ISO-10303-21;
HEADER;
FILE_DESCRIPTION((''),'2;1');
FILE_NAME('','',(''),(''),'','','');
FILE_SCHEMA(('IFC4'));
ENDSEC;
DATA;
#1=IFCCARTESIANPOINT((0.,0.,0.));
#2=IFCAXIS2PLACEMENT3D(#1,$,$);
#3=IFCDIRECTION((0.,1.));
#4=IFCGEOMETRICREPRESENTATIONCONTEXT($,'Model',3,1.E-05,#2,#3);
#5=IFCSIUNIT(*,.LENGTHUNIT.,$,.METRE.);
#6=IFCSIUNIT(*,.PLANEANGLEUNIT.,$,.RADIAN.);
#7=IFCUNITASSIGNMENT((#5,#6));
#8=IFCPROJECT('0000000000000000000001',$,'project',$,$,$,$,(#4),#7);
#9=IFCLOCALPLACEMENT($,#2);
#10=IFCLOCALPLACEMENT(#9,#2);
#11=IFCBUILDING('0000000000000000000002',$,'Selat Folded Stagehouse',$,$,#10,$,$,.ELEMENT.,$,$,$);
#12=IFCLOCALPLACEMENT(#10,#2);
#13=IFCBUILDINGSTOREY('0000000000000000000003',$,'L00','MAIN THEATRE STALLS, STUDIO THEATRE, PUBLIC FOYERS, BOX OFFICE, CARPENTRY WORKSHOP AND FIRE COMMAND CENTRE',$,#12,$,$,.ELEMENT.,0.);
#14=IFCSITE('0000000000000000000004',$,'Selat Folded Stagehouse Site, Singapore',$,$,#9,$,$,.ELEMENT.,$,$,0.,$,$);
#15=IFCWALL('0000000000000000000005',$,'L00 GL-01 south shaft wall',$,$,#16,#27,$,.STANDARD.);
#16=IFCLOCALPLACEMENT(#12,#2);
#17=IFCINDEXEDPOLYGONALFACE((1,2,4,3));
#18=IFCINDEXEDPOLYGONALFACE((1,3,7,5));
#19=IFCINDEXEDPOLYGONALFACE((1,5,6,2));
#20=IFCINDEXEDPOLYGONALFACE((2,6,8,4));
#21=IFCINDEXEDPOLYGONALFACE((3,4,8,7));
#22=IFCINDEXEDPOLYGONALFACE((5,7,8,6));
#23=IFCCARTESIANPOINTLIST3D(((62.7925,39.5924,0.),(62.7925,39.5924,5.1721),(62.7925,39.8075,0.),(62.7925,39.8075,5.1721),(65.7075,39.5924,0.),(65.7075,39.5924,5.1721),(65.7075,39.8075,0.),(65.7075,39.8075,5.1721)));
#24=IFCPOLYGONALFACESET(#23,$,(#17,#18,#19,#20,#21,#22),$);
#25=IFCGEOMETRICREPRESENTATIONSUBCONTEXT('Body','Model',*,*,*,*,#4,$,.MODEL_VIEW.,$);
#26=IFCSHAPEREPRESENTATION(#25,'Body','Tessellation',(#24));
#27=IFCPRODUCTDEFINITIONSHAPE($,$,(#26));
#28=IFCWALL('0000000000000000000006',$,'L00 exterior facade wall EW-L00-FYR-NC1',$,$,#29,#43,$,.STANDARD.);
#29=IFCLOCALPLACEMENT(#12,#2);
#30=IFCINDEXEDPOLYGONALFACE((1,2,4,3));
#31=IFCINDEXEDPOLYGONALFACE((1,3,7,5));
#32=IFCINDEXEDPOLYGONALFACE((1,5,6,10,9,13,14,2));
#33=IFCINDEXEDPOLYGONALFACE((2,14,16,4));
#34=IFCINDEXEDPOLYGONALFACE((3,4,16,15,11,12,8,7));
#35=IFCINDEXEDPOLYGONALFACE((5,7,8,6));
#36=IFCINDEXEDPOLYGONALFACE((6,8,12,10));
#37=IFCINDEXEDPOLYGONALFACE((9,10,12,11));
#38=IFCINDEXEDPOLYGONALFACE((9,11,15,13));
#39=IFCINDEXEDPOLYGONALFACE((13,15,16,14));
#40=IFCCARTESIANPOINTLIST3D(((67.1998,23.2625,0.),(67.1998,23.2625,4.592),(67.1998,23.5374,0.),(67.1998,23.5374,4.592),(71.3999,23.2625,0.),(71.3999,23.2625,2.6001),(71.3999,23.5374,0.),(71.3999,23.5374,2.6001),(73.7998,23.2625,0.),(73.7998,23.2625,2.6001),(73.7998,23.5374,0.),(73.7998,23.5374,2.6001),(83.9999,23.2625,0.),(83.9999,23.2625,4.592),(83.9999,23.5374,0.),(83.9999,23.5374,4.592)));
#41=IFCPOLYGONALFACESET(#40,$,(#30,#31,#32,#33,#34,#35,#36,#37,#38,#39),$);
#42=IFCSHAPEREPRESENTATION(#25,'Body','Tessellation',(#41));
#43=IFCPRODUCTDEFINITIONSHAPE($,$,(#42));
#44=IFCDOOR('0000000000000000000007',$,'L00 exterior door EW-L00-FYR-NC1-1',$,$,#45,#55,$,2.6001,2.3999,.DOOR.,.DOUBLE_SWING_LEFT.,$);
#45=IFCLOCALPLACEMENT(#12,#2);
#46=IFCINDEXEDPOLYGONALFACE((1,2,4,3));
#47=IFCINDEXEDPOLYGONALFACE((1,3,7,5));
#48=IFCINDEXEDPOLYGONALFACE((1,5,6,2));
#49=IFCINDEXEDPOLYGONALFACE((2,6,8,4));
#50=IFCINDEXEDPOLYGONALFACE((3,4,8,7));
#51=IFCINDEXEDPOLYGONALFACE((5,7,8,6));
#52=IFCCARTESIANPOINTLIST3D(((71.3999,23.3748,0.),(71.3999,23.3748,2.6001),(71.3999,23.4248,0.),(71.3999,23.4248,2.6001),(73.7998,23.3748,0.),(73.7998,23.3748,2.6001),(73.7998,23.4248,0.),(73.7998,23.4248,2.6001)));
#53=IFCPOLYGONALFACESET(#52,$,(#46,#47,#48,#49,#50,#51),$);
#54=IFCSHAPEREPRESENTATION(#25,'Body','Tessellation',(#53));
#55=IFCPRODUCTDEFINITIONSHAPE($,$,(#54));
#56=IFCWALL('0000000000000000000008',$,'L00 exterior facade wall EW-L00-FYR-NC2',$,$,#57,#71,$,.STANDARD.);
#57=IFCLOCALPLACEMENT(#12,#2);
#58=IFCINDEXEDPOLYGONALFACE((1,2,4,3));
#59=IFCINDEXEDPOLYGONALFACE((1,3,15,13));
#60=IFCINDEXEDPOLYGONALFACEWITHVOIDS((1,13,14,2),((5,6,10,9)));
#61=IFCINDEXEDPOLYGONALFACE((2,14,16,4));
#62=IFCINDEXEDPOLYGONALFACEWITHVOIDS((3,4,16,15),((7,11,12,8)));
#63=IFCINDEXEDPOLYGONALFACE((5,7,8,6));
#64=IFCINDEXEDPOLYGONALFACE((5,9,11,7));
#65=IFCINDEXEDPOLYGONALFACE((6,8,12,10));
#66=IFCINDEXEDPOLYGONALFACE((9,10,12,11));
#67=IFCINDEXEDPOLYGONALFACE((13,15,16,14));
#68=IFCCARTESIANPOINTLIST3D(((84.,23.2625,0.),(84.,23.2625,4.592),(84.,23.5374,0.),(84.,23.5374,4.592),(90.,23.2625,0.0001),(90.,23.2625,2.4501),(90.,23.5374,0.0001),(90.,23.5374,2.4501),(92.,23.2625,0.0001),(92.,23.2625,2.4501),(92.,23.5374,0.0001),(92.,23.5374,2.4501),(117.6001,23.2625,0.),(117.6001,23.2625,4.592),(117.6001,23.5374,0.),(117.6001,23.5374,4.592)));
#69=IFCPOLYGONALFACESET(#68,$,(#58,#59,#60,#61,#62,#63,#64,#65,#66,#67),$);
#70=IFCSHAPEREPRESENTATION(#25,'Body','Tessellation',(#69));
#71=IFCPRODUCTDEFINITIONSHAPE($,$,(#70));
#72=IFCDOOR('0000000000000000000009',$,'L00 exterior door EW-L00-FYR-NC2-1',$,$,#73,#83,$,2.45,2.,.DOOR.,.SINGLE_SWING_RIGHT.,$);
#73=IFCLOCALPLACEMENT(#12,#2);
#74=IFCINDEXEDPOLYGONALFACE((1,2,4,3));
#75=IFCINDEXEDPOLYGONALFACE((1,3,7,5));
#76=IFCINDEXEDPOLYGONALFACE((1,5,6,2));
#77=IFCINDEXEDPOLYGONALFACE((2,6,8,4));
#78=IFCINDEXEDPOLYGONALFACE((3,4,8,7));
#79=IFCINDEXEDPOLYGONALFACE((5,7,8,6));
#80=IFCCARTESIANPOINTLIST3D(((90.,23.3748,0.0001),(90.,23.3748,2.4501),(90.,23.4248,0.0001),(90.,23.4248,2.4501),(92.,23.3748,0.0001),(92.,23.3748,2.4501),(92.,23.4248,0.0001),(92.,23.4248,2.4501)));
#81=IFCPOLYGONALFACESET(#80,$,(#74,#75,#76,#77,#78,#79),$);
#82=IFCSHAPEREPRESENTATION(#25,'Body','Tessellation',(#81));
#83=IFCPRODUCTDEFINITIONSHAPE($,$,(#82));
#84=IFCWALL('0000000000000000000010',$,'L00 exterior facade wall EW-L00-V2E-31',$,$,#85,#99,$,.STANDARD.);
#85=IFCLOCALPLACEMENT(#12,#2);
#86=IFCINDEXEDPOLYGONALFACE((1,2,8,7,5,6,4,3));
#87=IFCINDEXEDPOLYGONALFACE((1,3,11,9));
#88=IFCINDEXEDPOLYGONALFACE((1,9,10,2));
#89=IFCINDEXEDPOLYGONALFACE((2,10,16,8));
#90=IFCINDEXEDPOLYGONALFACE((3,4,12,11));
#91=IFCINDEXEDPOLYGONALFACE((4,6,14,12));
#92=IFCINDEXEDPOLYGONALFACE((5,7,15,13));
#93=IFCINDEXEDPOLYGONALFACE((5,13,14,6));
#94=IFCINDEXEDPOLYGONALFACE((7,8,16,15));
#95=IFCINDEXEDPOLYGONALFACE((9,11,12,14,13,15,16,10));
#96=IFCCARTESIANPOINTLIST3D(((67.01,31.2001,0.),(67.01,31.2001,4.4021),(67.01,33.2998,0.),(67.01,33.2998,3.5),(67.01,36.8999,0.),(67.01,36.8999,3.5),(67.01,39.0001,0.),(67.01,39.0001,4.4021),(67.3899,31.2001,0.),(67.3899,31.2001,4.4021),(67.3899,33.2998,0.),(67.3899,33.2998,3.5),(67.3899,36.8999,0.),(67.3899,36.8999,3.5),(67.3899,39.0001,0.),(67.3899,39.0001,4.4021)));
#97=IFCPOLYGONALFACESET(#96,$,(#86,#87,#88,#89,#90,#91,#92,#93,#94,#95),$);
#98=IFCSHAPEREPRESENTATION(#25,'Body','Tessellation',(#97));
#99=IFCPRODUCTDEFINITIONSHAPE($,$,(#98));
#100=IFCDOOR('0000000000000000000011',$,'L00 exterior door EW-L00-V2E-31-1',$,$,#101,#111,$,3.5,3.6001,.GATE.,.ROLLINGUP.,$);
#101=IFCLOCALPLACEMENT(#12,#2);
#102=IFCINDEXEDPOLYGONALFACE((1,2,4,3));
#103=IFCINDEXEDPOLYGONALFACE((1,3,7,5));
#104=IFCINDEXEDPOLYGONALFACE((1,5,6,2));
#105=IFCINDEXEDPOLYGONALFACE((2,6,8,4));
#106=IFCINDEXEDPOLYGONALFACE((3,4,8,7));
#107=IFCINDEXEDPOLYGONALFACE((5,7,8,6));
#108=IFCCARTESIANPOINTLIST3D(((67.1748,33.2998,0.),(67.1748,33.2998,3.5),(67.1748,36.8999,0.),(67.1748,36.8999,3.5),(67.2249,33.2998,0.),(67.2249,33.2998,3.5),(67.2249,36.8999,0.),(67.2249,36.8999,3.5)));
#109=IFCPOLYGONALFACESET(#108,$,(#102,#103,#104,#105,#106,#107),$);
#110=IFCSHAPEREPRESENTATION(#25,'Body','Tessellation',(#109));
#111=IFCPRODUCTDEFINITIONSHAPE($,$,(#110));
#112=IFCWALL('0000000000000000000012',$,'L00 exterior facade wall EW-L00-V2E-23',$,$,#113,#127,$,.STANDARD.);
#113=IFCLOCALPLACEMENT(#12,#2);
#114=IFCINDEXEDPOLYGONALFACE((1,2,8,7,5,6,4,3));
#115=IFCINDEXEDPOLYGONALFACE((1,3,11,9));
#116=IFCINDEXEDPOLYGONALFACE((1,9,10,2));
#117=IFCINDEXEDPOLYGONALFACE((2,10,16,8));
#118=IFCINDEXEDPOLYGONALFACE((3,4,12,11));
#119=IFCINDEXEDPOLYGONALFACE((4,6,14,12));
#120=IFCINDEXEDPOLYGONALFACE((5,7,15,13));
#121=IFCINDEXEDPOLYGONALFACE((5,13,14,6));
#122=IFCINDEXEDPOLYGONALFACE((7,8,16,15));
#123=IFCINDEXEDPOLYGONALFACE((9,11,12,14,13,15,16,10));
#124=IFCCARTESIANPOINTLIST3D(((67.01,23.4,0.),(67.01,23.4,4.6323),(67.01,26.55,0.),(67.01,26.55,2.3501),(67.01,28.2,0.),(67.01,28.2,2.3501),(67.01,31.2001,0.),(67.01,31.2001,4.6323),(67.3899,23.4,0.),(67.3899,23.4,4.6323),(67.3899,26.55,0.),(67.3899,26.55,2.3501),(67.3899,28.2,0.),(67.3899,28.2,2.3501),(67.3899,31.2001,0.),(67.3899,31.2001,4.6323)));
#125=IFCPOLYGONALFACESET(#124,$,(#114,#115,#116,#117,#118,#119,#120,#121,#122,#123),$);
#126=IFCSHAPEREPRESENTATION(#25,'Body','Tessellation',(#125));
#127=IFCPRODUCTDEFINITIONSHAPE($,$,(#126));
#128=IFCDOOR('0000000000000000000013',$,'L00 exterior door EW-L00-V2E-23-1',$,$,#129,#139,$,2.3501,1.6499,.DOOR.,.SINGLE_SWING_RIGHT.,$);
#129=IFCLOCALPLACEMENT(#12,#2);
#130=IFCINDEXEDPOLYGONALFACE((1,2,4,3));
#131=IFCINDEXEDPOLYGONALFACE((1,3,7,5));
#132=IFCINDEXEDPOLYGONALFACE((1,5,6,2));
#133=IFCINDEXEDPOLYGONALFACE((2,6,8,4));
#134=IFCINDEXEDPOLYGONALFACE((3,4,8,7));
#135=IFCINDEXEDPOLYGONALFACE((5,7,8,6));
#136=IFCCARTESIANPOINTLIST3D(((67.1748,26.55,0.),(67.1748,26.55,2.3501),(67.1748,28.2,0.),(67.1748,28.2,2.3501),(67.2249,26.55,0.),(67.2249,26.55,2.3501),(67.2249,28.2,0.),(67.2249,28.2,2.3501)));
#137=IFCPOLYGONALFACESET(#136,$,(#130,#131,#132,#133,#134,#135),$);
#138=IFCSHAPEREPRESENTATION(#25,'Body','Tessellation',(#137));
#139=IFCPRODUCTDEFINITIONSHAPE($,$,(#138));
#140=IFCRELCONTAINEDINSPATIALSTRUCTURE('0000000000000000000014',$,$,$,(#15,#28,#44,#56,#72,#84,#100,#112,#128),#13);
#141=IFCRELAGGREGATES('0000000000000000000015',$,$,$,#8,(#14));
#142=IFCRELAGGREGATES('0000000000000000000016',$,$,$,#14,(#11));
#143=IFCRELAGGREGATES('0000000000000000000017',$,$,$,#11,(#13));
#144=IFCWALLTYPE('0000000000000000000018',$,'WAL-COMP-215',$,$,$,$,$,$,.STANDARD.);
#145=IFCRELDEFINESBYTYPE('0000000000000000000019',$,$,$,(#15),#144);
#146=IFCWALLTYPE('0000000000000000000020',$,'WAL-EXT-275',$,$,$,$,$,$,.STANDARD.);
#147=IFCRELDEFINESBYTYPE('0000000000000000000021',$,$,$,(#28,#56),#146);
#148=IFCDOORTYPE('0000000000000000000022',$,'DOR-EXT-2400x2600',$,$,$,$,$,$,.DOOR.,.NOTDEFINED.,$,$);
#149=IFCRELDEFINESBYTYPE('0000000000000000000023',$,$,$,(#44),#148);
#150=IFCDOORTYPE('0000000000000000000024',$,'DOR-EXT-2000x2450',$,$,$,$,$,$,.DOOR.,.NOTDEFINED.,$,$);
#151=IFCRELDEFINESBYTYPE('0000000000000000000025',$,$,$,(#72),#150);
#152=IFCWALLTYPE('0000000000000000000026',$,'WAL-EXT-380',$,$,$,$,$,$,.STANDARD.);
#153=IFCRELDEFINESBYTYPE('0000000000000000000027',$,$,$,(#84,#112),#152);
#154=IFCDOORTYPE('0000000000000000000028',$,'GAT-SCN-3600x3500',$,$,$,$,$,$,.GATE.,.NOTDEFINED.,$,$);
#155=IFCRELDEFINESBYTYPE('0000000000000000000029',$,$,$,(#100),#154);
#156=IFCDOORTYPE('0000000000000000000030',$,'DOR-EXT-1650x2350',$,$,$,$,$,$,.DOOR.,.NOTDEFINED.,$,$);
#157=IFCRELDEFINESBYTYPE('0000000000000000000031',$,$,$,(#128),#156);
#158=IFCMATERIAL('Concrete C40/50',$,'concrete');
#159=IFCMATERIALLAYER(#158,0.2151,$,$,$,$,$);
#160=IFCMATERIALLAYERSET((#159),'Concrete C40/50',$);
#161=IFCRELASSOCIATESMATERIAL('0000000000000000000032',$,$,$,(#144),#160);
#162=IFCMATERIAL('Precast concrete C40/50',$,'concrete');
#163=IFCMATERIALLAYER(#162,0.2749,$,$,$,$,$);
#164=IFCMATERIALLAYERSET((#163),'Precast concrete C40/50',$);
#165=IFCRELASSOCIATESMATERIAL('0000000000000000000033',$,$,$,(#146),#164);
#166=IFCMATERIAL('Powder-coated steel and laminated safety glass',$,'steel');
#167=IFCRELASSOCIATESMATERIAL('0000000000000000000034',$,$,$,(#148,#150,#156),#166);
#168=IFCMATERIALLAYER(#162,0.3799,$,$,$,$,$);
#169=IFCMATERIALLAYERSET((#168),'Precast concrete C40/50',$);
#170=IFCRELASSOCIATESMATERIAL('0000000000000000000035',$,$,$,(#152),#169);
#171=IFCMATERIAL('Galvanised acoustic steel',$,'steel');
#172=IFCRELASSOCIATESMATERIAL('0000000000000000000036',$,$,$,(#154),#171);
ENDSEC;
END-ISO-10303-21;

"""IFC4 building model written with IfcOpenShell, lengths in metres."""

from ifc_helpers import new_model, si_unit, direction, frame, frame_2d, origin, place, context, subcontext, project, spatial, rectangle, extrude, material, layer, layer_set, type_object, element, fill, save


model = new_model("IFC4")

# Units and contexts
model_context = context("Model", 3, precision=1e-05, world=origin(), true_north=direction((0.0, 1.0)))
body_context = subcontext(model_context, "Body", "Model", "MODEL_VIEW")
ifc_project = project(units=[si_unit("LENGTHUNIT", "METRE"), si_unit("PLANEANGLEUNIT", "RADIAN")], contexts=[model_context])

# Site, building, storey
site_placement = place(None, origin())
site = spatial("IfcSite", under=ifc_project, at=site_placement, Name="Selat Folded Stagehouse Site, Singapore", CompositionType="ELEMENT", RefElevation=0.0)
building_placement = place(site_placement, origin())
building = spatial("IfcBuilding", under=site, at=building_placement, Name="Selat Folded Stagehouse", CompositionType="ELEMENT")
storey_placement = place(building_placement, origin())
storey = spatial("IfcBuildingStorey", under=building, at=storey_placement, Name="L00", Description="MAIN THEATRE STALLS, STUDIO THEATRE, PUBLIC FOYERS, BOX OFFICE, CARPENTRY WORKSHOP AND FIRE COMMAND CENTRE", CompositionType="ELEMENT", Elevation=0.0)

# Wall
ifc_material_1 = material(Name="Concrete C40/50", Category="concrete")
ifc_layer_1 = layer(ifc_material_1, 0.2151)
ifc_layer_set_1 = layer_set([ifc_layer_1], Name="Concrete C40/50")
wall_type_1 = type_object("IfcWallType", Name="WAL-COMP-215", PredefinedType="STANDARD", material=ifc_layer_set_1)
wall_1_placement = place(storey_placement, frame((65.7075, 39.7, 0.0), z_axis=(0.0, 0.0, 1.0), x_axis=(-1.0, 0.0, 0.0)))
element("IfcWall", 1, at=wall_1_placement, inside=storey, type_object=wall_type_1, Name="L00 GL-01 south shaft wall", PredefinedType="STANDARD", context=body_context, shape_type="SweptSolid", body=[
    extrude(rectangle(XDim=2.915, YDim=0.2151, at=frame_2d((1.4575, 0.0))), origin(), (0.0, 0.0, 1.0), 5.1721),
])

# Walls, openings, doors
ifc_material_2 = material(Name="Precast concrete C40/50", Category="concrete")
ifc_layer_2 = layer(ifc_material_2, 0.2749)
ifc_layer_set_2 = layer_set([ifc_layer_2], Name="Precast concrete C40/50")
wall_type_2 = type_object("IfcWallType", Name="WAL-EXT-275", PredefinedType="STANDARD", material=ifc_layer_set_2)
wall_2_placement = place(storey_placement, frame((67.2, 23.3999, 0.0), z_axis=(0.0, 0.0, 1.0), x_axis=(1.0, 0.0, 0.0)))
wall_2 = element("IfcWall", 2, at=wall_2_placement, inside=storey, type_object=wall_type_2, Name="L00 exterior facade wall EW-L00-FYR-NC1", PredefinedType="STANDARD", context=body_context, shape_type="SweptSolid", body=[
    extrude(rectangle(XDim=16.8, YDim=0.2749, at=frame_2d((8.3999, 0.0))), origin(), (0.0, 0.0, 1.0), 4.592),
])
opening_1_placement = place(wall_2_placement, frame((4.2, 0.0, 0.0)))
opening_1 = element("IfcOpeningElement", 3, at=opening_1_placement, cuts=wall_2, PredefinedType="OPENING", context=body_context, shape_type="SweptSolid", body=[
    extrude(rectangle(XDim=2.3999, YDim=2.6001, at=frame_2d((1.2, 1.3))), frame((0.0, 0.1475, 0.0), z_axis=(0.0, -1.0, 0.0), x_axis=(1.0, 0.0, 0.0)), (0.0, 0.0, 1.0), 0.2949),
])
ifc_material_3 = material(Name="Powder-coated steel and laminated safety glass", Category="steel")
door_type_1 = type_object("IfcDoorType", Name="DOR-EXT-2400x2600", OperationType="NOTDEFINED", PredefinedType="DOOR", material=ifc_material_3)
door_1_placement = place(opening_1_placement, origin())
door_1 = element("IfcDoor", 4, at=door_1_placement, inside=storey, type_object=door_type_1, Name="L00 exterior door EW-L00-FYR-NC1-1", OperationType="DOUBLE_SWING_LEFT", OverallHeight=2.6001, OverallWidth=2.3999, PredefinedType="DOOR", context=body_context, shape_type="SweptSolid", body=[
    extrude(rectangle(XDim=2.3999, YDim=2.6001, at=frame_2d((1.2, 1.3))), frame((0.0, 0.0249, 0.0), z_axis=(0.0, -1.0, 0.0), x_axis=(1.0, 0.0, 0.0)), (0.0, 0.0, 1.0), 0.05),
])
fill(opening_1, door_1)
wall_3_placement = place(storey_placement, frame((84.0, 23.3999, 0.0), z_axis=(0.0, 0.0, 1.0), x_axis=(1.0, 0.0, 0.0)))
wall_3 = element("IfcWall", 5, at=wall_3_placement, inside=storey, type_object=wall_type_2, Name="L00 exterior facade wall EW-L00-FYR-NC2", PredefinedType="STANDARD", context=body_context, shape_type="SweptSolid", body=[
    extrude(rectangle(XDim=33.6001, YDim=0.2749, at=frame_2d((16.8, 0.0))), origin(), (0.0, 0.0, 1.0), 4.592),
])
opening_2_placement = place(wall_3_placement, frame((6.0, 0.0, 0.0)))
opening_2 = element("IfcOpeningElement", 6, at=opening_2_placement, cuts=wall_3, PredefinedType="OPENING", context=body_context, shape_type="SweptSolid", body=[
    extrude(rectangle(XDim=2.0, YDim=2.45, at=frame_2d((1.0, 1.2251))), frame((0.0, 0.1475, 0.0), z_axis=(0.0, -1.0, 0.0), x_axis=(1.0, 0.0, 0.0)), (0.0, 0.0, 1.0), 0.2949),
])
door_type_2 = type_object("IfcDoorType", Name="DOR-EXT-2000x2450", OperationType="NOTDEFINED", PredefinedType="DOOR", material=ifc_material_3)
door_2_placement = place(opening_2_placement, origin())
door_2 = element("IfcDoor", 7, at=door_2_placement, inside=storey, type_object=door_type_2, Name="L00 exterior door EW-L00-FYR-NC2-1", OperationType="SINGLE_SWING_RIGHT", OverallHeight=2.45, OverallWidth=2.0, PredefinedType="DOOR", context=body_context, shape_type="SweptSolid", body=[
    extrude(rectangle(XDim=2.0, YDim=2.45, at=frame_2d((1.0, 1.2251))), frame((0.0, 0.0249, 0.0), z_axis=(0.0, -1.0, 0.0), x_axis=(1.0, 0.0, 0.0)), (0.0, 0.0, 1.0), 0.05),
])
fill(opening_2, door_2)
ifc_layer_3 = layer(ifc_material_2, 0.3799)
ifc_layer_set_3 = layer_set([ifc_layer_3], Name="Precast concrete C40/50")
wall_type_3 = type_object("IfcWallType", Name="WAL-EXT-380", PredefinedType="STANDARD", material=ifc_layer_set_3)
wall_4_placement = place(storey_placement, frame((67.2, 39.0, 0.0), z_axis=(0.0, 0.0, 1.0), x_axis=(0.0, -1.0, 0.0)))
wall_4 = element("IfcWall", 8, at=wall_4_placement, inside=storey, type_object=wall_type_3, Name="L00 exterior facade wall EW-L00-V2E-31", PredefinedType="STANDARD", context=body_context, shape_type="SweptSolid", body=[
    extrude(rectangle(XDim=7.8, YDim=0.3799, at=frame_2d((3.8999, 0.0))), origin(), (0.0, 0.0, 1.0), 4.4021),
])
opening_3_placement = place(wall_4_placement, frame((2.1001, 0.0, 0.0)))
opening_3 = element("IfcOpeningElement", 9, at=opening_3_placement, cuts=wall_4, PredefinedType="OPENING", context=body_context, shape_type="SweptSolid", body=[
    extrude(rectangle(XDim=3.6001, YDim=3.5, at=frame_2d((1.8, 1.75))), frame((0.0, 0.2, 0.0), z_axis=(0.0, -1.0, 0.0), x_axis=(1.0, 0.0, 0.0)), (0.0, 0.0, 1.0), 0.3999),
])
ifc_material_4 = material(Name="Galvanised acoustic steel", Category="steel")
door_type_3 = type_object("IfcDoorType", Name="GAT-SCN-3600x3500", OperationType="NOTDEFINED", PredefinedType="GATE", material=ifc_material_4)
door_3_placement = place(opening_3_placement, origin())
door_3 = element("IfcDoor", 10, at=door_3_placement, inside=storey, type_object=door_type_3, Name="L00 exterior door EW-L00-V2E-31-1", OperationType="ROLLINGUP", OverallHeight=3.5, OverallWidth=3.6001, PredefinedType="GATE", context=body_context, shape_type="SweptSolid", body=[
    extrude(rectangle(XDim=3.6001, YDim=3.5, at=frame_2d((1.8, 1.75))), frame((0.0, 0.0249, 0.0), z_axis=(0.0, -1.0, 0.0), x_axis=(1.0, 0.0, 0.0)), (0.0, 0.0, 1.0), 0.05),
])
fill(opening_3, door_3)
wall_5_placement = place(storey_placement, frame((67.2, 31.2, 0.0), z_axis=(0.0, 0.0, 1.0), x_axis=(0.0, -1.0, 0.0)))
wall_5 = element("IfcWall", 11, at=wall_5_placement, inside=storey, type_object=wall_type_3, Name="L00 exterior facade wall EW-L00-V2E-23", PredefinedType="STANDARD", context=body_context, shape_type="SweptSolid", body=[
    extrude(rectangle(XDim=7.8, YDim=0.3799, at=frame_2d((3.8999, 0.0))), origin(), (0.0, 0.0, 1.0), 4.6323),
])
opening_4_placement = place(wall_5_placement, frame((3.0, 0.0, 0.0)))
opening_4 = element("IfcOpeningElement", 12, at=opening_4_placement, cuts=wall_5, PredefinedType="OPENING", context=body_context, shape_type="SweptSolid", body=[
    extrude(rectangle(XDim=1.6499, YDim=2.3501, at=frame_2d((0.825, 1.175))), frame((0.0, 0.2, 0.0), z_axis=(0.0, -1.0, 0.0), x_axis=(1.0, 0.0, 0.0)), (0.0, 0.0, 1.0), 0.3999),
])
door_type_4 = type_object("IfcDoorType", Name="DOR-EXT-1650x2350", OperationType="NOTDEFINED", PredefinedType="DOOR", material=ifc_material_3)
door_4_placement = place(opening_4_placement, origin())
door_4 = element("IfcDoor", 13, at=door_4_placement, inside=storey, type_object=door_type_4, Name="L00 exterior door EW-L00-V2E-23-1", OperationType="SINGLE_SWING_RIGHT", OverallHeight=2.3501, OverallWidth=1.6499, PredefinedType="DOOR", context=body_context, shape_type="SweptSolid", body=[
    extrude(rectangle(XDim=1.6499, YDim=2.3501, at=frame_2d((0.825, 1.175))), frame((0.0, 0.0249, 0.0), z_axis=(0.0, -1.0, 0.0), x_axis=(1.0, 0.0, 0.0)), (0.0, 0.0, 1.0), 0.05),
])
fill(opening_4, door_4)

save(model, "model.ifc")
